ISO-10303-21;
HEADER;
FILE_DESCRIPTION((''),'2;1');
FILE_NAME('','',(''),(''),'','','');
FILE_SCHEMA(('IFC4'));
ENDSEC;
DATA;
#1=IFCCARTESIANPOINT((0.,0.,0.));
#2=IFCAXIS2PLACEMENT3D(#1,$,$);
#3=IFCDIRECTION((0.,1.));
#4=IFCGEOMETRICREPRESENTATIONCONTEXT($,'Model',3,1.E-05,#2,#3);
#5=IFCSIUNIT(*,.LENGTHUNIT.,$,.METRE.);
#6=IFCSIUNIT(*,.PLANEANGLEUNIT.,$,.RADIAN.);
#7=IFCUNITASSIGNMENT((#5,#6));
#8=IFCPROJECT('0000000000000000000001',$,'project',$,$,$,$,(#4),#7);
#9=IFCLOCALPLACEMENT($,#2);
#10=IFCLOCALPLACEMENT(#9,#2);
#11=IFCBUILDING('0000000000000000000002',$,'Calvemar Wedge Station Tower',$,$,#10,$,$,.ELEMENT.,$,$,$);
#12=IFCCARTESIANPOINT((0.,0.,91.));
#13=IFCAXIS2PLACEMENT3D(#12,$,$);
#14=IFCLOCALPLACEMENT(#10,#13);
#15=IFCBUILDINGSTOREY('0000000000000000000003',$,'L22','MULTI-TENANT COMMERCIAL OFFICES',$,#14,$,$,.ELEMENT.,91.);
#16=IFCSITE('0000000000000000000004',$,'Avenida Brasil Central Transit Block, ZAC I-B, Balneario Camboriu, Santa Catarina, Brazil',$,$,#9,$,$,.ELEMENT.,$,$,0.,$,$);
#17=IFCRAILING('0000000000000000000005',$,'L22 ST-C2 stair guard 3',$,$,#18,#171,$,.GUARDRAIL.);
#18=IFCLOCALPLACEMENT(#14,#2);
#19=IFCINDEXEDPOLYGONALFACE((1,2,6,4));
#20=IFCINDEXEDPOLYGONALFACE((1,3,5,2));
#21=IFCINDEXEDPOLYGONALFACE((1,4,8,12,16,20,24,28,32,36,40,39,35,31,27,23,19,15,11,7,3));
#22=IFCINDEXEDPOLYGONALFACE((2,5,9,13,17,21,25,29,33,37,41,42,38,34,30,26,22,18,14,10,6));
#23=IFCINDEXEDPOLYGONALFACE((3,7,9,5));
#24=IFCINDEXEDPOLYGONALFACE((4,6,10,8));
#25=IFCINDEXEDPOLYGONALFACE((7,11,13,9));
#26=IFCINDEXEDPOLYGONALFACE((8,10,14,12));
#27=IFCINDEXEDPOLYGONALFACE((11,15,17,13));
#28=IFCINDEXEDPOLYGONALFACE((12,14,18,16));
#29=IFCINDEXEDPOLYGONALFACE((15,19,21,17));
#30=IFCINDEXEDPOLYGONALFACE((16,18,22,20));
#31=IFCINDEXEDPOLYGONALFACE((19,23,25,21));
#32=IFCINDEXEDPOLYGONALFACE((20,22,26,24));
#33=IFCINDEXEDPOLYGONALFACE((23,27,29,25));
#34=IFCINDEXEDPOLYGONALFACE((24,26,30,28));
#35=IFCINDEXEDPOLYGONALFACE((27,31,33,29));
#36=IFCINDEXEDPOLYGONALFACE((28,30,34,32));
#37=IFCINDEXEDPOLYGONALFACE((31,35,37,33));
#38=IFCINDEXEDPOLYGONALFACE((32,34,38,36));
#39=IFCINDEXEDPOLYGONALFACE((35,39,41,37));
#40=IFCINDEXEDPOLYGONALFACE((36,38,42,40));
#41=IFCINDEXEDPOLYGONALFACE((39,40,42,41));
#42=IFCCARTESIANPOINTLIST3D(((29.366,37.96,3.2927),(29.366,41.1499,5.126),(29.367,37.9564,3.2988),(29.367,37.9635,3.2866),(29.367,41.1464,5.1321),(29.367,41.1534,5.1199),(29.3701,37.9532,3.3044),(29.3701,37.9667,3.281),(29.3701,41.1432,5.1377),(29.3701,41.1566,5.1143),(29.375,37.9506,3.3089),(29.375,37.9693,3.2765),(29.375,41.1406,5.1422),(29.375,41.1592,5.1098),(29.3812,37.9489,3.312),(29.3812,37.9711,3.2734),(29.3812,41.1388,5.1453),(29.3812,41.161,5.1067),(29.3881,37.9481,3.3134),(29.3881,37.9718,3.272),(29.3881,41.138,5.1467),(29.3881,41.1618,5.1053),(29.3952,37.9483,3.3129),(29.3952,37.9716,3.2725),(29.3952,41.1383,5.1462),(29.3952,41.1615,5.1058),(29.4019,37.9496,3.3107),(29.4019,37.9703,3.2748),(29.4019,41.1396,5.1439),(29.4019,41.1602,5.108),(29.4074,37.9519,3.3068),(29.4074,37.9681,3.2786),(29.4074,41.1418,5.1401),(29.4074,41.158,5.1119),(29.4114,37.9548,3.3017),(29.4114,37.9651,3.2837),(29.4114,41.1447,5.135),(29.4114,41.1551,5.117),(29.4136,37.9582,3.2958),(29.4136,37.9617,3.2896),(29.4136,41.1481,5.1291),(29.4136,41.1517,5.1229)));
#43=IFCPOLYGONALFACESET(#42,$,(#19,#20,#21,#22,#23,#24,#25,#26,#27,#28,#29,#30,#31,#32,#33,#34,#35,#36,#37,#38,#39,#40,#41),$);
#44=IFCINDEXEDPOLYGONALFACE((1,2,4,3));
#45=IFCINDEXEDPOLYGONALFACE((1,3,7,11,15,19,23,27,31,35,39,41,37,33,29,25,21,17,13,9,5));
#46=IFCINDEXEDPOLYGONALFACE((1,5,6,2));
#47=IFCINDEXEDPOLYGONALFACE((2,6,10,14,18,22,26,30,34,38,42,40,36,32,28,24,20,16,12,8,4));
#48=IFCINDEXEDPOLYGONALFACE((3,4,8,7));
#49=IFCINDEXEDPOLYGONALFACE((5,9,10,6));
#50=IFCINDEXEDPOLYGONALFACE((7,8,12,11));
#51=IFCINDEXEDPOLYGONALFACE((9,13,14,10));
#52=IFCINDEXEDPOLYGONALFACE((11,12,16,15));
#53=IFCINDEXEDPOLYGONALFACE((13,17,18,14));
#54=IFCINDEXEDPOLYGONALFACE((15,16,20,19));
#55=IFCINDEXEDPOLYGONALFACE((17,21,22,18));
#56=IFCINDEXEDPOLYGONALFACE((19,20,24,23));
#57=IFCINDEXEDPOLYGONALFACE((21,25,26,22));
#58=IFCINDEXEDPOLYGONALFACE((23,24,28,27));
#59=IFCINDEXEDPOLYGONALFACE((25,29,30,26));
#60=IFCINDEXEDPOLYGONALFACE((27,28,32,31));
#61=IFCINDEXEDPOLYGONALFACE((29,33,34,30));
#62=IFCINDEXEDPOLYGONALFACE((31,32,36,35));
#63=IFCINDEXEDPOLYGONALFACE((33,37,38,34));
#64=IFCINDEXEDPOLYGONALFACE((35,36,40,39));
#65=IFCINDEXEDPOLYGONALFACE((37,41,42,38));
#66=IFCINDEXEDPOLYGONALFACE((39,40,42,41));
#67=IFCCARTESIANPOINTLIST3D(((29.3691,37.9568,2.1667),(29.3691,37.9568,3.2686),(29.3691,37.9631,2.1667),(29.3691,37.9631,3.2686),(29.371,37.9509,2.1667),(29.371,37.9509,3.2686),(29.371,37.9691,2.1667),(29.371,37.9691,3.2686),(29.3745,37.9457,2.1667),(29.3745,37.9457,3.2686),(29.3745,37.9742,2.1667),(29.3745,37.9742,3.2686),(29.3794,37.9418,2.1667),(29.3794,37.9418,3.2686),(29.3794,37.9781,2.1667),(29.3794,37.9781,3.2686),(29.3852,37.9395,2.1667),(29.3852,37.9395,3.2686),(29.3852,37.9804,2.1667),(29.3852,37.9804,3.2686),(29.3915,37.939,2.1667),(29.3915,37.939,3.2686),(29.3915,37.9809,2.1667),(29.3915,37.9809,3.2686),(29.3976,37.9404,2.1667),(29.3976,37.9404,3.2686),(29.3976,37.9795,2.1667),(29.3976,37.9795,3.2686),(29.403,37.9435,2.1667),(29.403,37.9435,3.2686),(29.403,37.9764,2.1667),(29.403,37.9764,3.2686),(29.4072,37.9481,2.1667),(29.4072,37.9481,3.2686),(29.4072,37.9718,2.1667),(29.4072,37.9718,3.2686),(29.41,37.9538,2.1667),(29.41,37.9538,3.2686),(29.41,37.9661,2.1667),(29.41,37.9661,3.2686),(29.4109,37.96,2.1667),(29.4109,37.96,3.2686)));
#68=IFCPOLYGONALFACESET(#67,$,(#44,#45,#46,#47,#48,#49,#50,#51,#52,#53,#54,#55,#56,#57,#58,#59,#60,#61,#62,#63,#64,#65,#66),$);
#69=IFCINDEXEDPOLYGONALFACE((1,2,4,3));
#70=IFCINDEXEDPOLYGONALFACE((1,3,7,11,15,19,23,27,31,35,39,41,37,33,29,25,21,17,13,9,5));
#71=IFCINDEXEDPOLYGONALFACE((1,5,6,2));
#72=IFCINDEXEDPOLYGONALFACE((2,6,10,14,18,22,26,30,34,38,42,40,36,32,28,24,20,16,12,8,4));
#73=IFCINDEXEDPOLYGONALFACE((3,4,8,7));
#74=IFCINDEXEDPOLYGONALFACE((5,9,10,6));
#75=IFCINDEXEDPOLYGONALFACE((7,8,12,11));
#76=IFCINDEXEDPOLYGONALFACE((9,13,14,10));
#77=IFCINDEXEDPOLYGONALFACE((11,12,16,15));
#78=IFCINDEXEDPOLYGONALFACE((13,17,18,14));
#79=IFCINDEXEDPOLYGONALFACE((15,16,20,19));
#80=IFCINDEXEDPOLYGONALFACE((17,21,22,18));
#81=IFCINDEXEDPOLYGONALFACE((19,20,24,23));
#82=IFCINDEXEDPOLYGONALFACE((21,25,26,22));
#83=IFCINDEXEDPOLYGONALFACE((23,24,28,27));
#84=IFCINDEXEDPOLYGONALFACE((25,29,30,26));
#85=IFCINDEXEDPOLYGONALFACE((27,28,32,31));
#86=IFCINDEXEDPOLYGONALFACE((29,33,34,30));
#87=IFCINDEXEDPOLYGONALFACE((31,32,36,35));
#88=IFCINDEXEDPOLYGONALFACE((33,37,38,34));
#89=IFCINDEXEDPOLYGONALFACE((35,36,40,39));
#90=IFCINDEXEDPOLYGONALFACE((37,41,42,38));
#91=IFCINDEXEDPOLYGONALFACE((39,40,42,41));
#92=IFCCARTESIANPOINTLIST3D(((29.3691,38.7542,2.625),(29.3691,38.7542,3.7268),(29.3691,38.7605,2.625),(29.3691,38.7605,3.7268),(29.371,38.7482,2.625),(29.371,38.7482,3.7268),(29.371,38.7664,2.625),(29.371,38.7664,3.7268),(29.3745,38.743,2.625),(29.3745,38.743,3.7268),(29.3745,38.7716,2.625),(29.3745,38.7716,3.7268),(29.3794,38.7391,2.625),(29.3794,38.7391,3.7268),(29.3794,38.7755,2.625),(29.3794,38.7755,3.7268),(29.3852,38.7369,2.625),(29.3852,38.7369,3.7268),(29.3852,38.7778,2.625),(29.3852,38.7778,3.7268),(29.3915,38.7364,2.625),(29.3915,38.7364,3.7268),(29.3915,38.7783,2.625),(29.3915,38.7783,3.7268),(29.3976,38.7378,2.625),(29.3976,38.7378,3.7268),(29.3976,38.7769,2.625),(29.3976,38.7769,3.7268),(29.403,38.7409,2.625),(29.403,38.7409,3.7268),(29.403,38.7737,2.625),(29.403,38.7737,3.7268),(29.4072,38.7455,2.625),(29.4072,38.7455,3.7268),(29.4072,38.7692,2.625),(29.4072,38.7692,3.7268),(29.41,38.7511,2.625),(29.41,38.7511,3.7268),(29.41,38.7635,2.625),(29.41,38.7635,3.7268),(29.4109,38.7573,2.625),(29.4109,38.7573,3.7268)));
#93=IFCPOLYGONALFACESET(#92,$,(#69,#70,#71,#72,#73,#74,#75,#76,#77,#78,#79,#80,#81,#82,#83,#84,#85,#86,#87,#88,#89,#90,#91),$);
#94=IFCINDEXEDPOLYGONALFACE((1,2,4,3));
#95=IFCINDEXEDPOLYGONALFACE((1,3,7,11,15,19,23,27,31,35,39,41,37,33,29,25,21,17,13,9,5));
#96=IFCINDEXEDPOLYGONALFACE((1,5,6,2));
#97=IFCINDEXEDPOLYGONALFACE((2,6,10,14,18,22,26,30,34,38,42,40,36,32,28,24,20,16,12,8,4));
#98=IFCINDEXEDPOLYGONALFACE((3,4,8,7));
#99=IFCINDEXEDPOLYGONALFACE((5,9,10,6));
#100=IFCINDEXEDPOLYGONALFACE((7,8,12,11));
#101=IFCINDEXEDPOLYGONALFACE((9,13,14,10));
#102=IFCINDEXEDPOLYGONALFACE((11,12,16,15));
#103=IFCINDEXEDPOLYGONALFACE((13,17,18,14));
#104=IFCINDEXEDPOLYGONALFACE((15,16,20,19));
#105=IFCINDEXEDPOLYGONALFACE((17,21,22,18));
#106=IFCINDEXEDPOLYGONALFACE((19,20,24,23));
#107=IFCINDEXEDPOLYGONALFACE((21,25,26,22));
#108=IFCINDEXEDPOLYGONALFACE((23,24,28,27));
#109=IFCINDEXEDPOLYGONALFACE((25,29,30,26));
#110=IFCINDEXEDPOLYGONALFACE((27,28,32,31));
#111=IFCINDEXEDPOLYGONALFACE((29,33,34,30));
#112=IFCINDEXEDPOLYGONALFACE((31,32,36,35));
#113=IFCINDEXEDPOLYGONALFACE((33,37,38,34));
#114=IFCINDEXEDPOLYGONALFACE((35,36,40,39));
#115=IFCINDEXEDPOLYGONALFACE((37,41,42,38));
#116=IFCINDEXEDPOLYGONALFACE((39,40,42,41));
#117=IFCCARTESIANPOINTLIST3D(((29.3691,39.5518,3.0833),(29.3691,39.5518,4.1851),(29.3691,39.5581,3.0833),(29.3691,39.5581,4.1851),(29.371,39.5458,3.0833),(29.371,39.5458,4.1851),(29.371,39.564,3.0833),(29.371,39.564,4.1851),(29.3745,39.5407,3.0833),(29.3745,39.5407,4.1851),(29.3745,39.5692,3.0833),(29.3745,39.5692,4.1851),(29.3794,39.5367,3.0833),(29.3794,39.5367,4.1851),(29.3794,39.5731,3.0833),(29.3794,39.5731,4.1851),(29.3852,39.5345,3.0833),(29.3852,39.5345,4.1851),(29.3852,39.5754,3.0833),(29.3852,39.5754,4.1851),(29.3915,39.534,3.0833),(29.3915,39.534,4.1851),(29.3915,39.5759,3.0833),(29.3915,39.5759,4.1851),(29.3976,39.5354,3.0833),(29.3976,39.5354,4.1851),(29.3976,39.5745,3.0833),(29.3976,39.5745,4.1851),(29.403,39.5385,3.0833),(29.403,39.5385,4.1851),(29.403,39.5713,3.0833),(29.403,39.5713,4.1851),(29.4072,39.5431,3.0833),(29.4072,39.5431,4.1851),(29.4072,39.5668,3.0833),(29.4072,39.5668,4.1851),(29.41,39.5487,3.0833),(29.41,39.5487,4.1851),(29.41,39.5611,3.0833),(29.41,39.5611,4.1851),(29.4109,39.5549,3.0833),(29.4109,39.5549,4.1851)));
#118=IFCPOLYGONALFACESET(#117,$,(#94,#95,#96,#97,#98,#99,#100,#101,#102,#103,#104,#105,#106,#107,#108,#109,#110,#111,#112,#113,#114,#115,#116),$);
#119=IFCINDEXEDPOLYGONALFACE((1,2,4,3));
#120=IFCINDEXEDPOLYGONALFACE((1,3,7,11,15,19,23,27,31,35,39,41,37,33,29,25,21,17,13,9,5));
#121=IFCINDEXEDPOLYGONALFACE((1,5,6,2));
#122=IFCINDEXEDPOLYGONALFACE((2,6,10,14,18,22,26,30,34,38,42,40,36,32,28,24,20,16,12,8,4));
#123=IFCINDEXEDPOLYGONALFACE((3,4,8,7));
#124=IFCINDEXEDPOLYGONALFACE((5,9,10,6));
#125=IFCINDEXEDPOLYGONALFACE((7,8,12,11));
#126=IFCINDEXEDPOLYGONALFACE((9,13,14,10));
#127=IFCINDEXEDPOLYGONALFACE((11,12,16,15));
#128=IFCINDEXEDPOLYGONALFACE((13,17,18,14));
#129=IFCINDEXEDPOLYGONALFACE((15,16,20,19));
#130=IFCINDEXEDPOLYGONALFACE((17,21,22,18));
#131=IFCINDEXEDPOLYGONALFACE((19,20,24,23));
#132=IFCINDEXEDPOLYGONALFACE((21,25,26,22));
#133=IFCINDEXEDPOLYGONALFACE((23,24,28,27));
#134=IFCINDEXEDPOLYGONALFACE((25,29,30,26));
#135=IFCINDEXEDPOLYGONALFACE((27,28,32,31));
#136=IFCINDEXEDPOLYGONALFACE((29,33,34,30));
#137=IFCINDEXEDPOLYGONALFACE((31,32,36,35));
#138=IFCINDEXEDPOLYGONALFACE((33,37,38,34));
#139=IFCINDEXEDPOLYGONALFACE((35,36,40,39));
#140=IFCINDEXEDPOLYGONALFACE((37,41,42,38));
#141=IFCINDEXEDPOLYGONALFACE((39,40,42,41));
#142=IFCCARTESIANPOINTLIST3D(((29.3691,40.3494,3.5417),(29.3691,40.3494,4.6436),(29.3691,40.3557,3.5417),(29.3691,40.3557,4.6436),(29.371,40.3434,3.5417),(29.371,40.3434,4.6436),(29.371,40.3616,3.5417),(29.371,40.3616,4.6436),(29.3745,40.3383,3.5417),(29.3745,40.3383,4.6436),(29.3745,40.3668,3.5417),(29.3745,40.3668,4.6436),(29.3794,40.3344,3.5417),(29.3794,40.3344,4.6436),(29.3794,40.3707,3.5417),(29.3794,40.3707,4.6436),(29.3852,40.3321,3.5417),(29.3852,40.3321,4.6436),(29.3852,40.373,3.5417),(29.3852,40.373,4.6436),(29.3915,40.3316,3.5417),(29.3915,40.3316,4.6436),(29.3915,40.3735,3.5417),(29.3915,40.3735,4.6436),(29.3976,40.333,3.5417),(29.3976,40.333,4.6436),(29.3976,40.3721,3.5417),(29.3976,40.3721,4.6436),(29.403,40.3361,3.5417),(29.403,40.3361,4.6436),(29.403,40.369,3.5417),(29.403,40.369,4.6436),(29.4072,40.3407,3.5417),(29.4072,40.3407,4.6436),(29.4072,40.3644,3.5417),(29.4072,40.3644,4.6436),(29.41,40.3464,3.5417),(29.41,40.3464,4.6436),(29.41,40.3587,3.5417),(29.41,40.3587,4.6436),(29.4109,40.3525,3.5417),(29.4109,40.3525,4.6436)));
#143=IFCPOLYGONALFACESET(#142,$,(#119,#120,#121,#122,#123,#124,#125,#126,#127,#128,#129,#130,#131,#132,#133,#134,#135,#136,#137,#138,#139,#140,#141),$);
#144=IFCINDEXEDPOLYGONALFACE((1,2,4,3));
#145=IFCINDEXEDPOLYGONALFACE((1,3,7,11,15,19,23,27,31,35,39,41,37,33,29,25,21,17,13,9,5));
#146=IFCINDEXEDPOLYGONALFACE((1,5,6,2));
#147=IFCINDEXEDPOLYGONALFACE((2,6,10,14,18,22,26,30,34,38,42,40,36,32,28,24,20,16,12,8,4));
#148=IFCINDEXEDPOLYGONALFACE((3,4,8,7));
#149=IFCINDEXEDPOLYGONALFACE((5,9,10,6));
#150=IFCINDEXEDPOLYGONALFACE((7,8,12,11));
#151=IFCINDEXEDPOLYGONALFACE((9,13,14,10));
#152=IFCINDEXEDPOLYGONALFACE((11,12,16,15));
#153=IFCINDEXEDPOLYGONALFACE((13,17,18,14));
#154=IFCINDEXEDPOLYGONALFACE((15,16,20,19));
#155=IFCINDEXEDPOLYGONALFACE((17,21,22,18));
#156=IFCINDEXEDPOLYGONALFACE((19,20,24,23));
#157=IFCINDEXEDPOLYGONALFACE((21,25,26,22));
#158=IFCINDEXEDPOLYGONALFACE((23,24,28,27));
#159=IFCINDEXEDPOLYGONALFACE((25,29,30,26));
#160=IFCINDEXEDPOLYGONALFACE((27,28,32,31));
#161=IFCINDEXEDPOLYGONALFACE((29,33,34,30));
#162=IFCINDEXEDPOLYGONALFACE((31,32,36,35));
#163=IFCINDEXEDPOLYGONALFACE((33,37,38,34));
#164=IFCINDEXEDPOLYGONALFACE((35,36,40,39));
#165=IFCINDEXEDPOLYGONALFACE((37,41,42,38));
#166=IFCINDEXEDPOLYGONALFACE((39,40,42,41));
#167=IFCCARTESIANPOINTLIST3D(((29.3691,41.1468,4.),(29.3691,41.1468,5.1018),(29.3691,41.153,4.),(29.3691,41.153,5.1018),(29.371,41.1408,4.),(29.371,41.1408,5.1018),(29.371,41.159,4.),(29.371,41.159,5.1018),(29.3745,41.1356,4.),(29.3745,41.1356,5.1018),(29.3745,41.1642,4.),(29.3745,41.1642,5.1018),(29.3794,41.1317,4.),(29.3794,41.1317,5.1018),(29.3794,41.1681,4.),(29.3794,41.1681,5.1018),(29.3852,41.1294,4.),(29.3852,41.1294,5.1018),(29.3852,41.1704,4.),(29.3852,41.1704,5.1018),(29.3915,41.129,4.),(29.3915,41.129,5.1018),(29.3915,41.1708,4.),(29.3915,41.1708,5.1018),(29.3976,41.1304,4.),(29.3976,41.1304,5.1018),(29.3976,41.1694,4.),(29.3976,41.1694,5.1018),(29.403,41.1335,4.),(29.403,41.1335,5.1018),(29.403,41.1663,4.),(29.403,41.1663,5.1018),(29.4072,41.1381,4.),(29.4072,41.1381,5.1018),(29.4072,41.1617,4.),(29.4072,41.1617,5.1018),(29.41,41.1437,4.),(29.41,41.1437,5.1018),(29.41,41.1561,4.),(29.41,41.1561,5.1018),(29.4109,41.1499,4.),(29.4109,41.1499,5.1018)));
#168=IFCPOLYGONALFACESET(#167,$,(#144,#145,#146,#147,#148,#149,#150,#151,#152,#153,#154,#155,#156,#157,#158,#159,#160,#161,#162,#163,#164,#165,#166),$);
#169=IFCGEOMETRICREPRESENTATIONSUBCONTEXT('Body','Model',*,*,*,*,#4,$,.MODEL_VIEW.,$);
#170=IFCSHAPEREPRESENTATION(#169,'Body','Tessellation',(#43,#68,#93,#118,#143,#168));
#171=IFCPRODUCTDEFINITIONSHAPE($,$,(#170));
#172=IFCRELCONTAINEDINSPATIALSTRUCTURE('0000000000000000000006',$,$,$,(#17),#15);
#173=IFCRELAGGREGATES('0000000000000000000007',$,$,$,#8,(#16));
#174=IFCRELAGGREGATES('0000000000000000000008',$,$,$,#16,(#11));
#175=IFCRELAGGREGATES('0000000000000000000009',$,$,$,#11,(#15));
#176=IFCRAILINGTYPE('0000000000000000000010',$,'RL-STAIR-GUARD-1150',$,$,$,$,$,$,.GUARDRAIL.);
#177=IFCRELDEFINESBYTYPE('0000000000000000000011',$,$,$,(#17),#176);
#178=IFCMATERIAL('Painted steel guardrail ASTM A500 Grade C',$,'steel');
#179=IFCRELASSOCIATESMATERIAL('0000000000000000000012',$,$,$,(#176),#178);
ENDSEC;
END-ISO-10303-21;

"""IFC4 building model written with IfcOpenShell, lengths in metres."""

from ifc_helpers import new_model, si_unit, direction, frame, origin, origin_2d, place, context, subcontext, project, spatial, circle, extrude, material, type_object, element, save


model = new_model("IFC4")

# Units and contexts
model_context = context("Model", 3, precision=1e-05, world=origin(), true_north=direction((0.0, 1.0)))
body_context = subcontext(model_context, "Body", "Model", "MODEL_VIEW")
ifc_project = project(units=[si_unit("LENGTHUNIT", "METRE"), si_unit("PLANEANGLEUNIT", "RADIAN")], contexts=[model_context])

# Site, building, storey
site_placement = place(None, origin())
site = spatial("IfcSite", under=ifc_project, at=site_placement, Name="Avenida Brasil Central Transit Block, ZAC I-B, Balneario Camboriu, Santa Catarina, Brazil", CompositionType="ELEMENT", RefElevation=0.0)
building_placement = place(site_placement, origin())
building = spatial("IfcBuilding", under=site, at=building_placement, Name="Calvemar Wedge Station Tower", CompositionType="ELEMENT")
storey_placement = place(building_placement, frame((0.0, 0.0, 91.0)))
storey = spatial("IfcBuildingStorey", under=building, at=storey_placement, Name="L22", Description="MULTI-TENANT COMMERCIAL OFFICES", CompositionType="ELEMENT", Elevation=91.0)

# Railing
ifc_material_1 = material(Name="Painted steel guardrail ASTM A500 Grade C", Category="steel")
railing_type_1 = type_object("IfcRailingType", Name="RL-STAIR-GUARD-1150", PredefinedType="GUARDRAIL", material=ifc_material_1)
railing_1_placement = place(storey_placement, frame((29.3899, 37.96, 2.1667)))
element("IfcRailing", 1, at=railing_1_placement, inside=storey, type_object=railing_type_1, Name="L22 ST-C2 stair guard 3", PredefinedType="GUARDRAIL", context=body_context, shape_type="SweptSolid", body=[
    extrude(circle(Radius=0.0239, at=origin_2d()), frame((0.0, 0.0, 1.126), z_axis=(0.0, 0.86702, 0.498274), x_axis=(-1.0, 0.0, 0.0)), (0.0, 0.0, 1.0), 3.6792),
    extrude(circle(Radius=0.021, at=origin_2d()), origin(), (0.0, 0.0, 1.0), 1.1018),
    extrude(circle(Radius=0.021, at=origin_2d()), frame((0.0, 0.7974, 0.4583)), (0.0, 0.0, 1.0), 1.1018),
    extrude(circle(Radius=0.021, at=origin_2d()), frame((0.0, 1.595, 0.9165)), (0.0, 0.0, 1.0), 1.1018),
    extrude(circle(Radius=0.021, at=origin_2d()), frame((0.0, 2.3926, 1.375)), (0.0, 0.0, 1.0), 1.1018),
    extrude(circle(Radius=0.021, at=origin_2d()), frame((0.0, 3.1899, 1.8333)), (0.0, 0.0, 1.0), 1.1018),
])

save(model, "model.ifc")
